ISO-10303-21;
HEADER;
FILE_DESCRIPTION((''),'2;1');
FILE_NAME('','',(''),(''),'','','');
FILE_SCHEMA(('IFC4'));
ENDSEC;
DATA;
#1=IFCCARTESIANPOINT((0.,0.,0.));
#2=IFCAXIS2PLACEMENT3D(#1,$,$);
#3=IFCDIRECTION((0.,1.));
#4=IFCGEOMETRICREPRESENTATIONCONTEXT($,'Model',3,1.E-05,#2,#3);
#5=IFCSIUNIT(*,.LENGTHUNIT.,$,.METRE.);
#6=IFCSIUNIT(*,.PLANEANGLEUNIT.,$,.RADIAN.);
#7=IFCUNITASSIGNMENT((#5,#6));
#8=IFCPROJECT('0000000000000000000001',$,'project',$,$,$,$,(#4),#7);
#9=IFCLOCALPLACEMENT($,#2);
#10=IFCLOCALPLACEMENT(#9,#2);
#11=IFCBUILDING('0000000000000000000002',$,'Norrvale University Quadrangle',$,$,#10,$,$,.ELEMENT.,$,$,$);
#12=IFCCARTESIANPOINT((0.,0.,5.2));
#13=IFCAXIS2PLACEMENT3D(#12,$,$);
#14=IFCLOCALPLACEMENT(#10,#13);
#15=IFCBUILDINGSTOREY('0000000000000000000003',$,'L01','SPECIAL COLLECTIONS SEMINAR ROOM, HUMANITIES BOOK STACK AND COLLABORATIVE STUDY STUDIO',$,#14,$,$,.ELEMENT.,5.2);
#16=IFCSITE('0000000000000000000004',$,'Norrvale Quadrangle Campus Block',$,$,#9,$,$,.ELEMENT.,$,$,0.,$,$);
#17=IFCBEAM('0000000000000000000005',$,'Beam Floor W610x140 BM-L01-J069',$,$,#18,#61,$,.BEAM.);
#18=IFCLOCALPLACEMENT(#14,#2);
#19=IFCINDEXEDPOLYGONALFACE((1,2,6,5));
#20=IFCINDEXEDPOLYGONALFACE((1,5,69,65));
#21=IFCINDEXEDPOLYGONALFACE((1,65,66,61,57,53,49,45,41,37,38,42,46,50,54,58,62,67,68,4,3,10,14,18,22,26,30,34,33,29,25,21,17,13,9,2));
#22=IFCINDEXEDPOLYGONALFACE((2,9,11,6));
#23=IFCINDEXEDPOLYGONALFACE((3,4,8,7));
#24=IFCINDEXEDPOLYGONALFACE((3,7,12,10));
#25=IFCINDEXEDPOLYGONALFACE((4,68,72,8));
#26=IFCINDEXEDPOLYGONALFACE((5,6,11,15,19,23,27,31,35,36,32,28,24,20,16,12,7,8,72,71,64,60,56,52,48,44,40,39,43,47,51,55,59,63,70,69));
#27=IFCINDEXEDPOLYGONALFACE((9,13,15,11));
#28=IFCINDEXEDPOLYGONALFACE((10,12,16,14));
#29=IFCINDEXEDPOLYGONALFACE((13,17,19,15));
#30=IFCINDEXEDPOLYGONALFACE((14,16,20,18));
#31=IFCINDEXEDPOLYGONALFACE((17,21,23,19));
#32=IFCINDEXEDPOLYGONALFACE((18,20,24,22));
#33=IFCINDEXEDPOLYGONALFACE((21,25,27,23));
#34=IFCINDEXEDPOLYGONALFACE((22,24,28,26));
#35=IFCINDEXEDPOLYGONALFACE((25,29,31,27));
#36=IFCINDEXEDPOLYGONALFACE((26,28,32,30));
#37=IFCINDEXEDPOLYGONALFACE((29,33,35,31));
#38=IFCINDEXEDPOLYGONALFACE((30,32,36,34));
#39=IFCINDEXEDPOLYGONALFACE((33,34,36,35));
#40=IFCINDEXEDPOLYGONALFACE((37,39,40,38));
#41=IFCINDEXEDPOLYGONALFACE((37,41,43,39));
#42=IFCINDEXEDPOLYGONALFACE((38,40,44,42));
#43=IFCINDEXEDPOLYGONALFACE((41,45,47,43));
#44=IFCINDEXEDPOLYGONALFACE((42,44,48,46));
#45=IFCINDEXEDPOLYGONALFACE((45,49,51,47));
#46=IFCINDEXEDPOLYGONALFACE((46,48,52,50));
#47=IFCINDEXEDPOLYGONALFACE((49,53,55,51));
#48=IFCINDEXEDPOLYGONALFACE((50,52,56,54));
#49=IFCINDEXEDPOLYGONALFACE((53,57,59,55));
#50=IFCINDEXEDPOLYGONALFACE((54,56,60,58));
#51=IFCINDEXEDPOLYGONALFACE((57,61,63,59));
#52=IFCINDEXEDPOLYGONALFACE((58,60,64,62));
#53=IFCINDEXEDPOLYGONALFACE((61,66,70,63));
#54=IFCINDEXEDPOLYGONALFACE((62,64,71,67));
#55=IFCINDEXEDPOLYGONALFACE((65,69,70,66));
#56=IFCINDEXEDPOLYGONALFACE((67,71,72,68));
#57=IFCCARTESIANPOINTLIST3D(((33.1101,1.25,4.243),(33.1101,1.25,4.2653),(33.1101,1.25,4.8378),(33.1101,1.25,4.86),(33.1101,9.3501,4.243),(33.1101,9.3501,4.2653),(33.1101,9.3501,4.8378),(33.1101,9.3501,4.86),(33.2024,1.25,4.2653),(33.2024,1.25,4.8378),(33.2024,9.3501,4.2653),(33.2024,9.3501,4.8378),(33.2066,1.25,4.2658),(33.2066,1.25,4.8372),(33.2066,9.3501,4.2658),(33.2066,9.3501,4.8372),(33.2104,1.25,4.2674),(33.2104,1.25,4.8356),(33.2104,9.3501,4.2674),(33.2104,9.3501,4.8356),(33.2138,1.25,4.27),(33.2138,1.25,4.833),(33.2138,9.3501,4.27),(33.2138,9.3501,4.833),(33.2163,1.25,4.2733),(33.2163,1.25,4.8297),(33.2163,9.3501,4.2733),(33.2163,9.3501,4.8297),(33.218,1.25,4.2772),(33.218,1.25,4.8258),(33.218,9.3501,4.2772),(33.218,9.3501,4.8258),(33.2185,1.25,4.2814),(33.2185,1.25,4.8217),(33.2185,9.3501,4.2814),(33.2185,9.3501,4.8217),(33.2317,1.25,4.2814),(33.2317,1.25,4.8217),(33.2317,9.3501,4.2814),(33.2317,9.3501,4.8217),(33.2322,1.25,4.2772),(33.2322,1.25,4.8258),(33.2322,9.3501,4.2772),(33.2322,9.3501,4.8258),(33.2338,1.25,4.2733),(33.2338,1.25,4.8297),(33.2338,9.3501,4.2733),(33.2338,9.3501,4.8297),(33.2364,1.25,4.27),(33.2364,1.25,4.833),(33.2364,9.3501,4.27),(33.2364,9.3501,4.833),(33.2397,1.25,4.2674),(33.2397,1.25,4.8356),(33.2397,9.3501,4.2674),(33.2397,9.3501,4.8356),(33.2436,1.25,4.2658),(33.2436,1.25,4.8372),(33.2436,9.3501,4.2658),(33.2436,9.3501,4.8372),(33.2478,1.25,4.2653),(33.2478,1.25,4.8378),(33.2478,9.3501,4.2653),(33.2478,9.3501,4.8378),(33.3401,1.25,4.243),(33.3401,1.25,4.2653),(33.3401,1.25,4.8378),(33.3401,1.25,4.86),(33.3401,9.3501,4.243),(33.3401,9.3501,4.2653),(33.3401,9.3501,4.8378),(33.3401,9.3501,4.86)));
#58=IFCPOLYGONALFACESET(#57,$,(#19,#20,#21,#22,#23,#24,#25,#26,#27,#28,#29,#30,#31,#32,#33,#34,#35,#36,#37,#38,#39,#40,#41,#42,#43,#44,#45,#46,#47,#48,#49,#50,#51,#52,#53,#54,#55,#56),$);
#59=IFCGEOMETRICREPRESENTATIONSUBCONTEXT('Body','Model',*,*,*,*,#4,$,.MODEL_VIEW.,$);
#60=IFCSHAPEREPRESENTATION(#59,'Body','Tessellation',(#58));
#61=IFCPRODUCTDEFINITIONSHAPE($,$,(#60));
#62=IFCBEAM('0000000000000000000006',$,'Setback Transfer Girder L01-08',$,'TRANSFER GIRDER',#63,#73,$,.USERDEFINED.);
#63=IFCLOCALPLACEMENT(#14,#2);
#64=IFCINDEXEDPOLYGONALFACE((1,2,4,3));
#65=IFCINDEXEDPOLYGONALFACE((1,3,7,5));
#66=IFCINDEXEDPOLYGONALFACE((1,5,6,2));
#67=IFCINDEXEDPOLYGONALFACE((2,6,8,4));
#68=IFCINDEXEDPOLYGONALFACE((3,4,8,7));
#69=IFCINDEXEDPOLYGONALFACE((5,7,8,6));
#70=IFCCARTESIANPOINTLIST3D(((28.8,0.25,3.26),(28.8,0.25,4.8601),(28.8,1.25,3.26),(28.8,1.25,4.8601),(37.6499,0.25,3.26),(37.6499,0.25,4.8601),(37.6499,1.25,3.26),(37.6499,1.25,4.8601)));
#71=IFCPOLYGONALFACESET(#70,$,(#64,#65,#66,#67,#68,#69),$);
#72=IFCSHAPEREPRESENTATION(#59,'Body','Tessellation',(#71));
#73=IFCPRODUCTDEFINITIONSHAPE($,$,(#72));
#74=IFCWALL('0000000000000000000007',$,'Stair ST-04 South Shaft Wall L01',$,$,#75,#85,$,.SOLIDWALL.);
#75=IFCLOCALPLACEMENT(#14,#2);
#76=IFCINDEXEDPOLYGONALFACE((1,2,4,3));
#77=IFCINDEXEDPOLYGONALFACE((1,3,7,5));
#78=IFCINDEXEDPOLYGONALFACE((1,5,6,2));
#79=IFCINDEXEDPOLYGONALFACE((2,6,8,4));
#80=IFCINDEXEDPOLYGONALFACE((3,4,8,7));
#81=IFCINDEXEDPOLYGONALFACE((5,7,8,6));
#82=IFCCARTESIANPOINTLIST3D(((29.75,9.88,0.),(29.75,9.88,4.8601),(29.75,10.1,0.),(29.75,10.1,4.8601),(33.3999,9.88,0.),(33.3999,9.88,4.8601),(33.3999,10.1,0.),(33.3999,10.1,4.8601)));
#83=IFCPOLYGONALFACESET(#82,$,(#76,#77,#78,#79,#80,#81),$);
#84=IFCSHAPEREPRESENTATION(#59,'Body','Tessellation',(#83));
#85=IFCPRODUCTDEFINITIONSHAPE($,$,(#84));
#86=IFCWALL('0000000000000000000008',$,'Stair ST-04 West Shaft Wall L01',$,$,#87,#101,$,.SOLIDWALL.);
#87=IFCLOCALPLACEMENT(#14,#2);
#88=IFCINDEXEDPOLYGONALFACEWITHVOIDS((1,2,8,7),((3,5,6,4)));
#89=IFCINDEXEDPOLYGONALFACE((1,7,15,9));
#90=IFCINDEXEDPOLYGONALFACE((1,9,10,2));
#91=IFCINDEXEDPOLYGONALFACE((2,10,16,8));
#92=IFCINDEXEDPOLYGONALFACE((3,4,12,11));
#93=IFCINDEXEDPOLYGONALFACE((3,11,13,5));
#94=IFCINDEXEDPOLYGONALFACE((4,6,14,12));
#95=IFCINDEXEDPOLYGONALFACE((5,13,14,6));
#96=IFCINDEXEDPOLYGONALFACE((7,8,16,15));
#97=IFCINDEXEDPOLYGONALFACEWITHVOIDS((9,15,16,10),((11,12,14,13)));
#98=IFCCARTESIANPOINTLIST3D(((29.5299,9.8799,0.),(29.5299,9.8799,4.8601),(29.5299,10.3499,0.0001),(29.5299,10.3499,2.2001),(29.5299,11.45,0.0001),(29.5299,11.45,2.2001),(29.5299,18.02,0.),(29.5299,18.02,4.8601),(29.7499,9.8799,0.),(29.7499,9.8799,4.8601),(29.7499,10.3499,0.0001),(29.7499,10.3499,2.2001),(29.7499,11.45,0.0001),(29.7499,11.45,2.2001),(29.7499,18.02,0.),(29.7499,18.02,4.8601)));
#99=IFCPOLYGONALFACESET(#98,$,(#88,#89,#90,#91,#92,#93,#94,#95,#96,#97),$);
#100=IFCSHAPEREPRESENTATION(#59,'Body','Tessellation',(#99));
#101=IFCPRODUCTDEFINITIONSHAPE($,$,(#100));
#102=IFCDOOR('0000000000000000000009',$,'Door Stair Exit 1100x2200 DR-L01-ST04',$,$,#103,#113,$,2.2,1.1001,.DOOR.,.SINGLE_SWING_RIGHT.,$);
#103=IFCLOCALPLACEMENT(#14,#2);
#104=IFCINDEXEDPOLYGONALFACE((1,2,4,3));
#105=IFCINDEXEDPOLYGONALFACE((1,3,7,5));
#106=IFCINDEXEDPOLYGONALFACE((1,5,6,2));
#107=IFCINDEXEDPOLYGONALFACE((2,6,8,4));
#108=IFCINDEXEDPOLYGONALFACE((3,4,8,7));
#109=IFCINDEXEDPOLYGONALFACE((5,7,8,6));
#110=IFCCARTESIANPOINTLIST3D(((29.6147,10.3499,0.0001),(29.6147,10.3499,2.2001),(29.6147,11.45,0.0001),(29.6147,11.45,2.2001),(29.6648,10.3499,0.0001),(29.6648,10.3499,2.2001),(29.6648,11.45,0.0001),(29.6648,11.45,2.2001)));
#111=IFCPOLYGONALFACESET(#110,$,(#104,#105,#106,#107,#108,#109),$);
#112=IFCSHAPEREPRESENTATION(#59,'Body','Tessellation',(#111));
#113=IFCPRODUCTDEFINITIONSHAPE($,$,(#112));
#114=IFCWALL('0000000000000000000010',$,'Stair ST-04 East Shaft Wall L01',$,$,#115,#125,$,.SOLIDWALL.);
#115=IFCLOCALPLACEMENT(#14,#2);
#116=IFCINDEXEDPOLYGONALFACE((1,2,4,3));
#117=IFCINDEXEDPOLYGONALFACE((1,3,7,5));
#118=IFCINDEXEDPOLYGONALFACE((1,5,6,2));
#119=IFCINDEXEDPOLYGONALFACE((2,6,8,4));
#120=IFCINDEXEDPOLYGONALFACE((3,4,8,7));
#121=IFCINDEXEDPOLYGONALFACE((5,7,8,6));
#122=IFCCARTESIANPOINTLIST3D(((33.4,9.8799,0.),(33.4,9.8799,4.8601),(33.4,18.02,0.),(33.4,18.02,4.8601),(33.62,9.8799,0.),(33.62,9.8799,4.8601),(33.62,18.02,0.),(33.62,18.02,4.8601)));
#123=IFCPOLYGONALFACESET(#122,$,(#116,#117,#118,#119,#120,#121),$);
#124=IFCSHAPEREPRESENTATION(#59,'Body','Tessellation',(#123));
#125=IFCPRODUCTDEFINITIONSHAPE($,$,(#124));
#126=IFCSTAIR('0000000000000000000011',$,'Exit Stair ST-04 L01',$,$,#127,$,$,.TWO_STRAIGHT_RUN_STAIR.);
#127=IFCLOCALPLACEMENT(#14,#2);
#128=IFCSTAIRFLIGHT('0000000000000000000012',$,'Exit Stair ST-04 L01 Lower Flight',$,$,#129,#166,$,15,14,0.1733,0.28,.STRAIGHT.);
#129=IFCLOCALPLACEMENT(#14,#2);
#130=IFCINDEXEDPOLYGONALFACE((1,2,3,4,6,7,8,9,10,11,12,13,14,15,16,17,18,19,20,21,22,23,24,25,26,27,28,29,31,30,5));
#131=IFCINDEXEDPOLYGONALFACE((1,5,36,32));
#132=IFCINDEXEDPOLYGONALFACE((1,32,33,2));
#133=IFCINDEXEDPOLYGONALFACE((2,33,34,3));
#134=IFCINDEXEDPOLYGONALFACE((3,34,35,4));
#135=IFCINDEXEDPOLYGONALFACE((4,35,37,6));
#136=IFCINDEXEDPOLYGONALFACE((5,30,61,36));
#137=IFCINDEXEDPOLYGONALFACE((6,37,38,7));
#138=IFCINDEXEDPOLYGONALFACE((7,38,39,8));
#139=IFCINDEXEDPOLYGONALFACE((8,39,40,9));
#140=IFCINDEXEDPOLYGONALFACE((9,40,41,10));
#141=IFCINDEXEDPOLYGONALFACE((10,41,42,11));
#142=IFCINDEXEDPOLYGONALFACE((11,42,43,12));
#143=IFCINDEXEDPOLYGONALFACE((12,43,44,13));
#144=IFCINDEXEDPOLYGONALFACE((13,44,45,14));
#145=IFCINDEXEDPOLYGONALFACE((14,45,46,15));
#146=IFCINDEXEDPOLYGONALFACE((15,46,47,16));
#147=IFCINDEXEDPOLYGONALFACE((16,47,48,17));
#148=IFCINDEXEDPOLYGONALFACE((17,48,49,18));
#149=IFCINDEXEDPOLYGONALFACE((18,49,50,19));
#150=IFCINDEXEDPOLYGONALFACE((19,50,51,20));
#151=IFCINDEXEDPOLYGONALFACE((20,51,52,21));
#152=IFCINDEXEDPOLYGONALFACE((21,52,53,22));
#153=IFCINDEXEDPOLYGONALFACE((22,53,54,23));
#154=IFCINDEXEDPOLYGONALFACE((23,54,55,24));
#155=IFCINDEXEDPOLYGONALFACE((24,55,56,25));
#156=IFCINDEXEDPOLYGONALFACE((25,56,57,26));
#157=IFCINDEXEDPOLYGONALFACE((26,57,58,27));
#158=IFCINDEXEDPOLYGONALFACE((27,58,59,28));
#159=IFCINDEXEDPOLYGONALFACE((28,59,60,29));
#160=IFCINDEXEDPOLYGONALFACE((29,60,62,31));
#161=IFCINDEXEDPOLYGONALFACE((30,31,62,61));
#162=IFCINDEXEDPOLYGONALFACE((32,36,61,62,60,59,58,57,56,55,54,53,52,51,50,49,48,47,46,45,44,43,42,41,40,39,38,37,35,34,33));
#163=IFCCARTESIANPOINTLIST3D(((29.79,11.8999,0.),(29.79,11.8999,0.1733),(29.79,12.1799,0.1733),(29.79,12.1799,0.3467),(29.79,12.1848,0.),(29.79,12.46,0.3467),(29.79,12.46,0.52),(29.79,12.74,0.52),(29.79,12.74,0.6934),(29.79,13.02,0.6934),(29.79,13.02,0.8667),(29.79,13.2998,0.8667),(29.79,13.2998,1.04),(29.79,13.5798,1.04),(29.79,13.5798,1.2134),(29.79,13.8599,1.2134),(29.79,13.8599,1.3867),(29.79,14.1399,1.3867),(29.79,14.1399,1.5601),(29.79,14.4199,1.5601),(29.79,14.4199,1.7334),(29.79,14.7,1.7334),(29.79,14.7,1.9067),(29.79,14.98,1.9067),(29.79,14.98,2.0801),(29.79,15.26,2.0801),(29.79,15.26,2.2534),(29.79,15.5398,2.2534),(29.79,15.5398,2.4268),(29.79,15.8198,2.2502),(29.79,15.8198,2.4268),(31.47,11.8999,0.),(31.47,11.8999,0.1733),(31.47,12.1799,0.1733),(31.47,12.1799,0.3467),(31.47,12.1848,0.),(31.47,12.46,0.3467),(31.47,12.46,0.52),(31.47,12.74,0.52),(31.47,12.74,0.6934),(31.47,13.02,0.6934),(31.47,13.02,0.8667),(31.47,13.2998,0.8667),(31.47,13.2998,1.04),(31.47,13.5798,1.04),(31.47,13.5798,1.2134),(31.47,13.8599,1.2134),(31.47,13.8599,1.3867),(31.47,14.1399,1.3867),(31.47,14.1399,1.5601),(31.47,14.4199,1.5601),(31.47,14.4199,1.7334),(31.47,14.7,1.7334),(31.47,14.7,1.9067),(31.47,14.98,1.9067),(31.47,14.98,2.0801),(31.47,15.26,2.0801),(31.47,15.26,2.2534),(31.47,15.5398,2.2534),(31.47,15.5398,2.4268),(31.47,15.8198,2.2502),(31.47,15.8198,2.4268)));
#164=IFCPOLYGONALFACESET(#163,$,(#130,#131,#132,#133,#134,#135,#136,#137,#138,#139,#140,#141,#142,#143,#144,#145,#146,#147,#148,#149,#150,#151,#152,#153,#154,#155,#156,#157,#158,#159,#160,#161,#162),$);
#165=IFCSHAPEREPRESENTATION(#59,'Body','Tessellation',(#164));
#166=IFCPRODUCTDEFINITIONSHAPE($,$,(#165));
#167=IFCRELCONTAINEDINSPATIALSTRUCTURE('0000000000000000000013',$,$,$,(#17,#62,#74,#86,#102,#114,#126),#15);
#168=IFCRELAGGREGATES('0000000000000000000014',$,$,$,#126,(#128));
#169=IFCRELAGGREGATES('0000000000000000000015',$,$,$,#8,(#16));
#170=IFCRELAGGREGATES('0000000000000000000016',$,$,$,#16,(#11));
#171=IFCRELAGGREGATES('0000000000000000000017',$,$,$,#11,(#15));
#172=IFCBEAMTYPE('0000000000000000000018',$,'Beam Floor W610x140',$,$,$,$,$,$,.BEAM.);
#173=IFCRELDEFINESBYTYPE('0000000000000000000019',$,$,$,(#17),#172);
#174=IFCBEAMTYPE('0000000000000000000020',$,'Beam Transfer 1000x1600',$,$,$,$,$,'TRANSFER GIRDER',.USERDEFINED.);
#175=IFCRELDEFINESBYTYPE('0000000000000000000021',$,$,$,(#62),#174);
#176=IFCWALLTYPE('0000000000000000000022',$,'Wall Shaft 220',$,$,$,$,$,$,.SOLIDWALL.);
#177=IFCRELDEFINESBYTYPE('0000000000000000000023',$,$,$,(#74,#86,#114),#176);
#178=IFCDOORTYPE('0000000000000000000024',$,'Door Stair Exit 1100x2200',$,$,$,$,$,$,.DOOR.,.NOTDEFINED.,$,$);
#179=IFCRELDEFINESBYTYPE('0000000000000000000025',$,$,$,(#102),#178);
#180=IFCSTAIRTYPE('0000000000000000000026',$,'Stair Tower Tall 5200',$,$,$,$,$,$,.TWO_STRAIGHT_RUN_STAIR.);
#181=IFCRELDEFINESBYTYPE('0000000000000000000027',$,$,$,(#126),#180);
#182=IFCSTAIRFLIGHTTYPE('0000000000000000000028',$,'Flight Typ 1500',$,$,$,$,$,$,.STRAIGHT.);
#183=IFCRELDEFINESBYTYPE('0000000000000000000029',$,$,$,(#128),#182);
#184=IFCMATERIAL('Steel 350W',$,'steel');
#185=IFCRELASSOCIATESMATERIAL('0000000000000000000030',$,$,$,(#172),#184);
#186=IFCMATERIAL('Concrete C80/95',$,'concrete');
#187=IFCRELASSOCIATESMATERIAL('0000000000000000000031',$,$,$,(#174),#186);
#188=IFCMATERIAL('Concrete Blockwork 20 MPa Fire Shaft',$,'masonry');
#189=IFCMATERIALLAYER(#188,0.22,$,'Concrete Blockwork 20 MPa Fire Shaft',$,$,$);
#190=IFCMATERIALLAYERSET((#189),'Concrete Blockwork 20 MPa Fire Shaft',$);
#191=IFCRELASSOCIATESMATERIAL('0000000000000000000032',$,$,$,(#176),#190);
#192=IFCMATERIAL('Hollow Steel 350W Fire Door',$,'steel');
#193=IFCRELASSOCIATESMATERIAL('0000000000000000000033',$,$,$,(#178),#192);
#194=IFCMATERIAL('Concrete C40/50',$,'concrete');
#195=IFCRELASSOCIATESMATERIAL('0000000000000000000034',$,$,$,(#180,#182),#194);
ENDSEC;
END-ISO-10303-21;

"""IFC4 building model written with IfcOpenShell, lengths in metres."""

from ifc_helpers import new_model, si_unit, direction, frame, frame_2d, origin, origin_2d, place, context, subcontext, project, spatial, polyline, rectangle, i_section, outline, extrude, material, layer, layer_set, material_profile, profile_set, type_object, element, fill, aggregate, save


model = new_model("IFC4")

# Units and contexts
model_context = context("Model", 3, precision=1e-05, world=origin(), true_north=direction((0.0, 1.0)))
body_context = subcontext(model_context, "Body", "Model", "MODEL_VIEW")
ifc_project = project(units=[si_unit("LENGTHUNIT", "METRE"), si_unit("PLANEANGLEUNIT", "RADIAN")], contexts=[model_context])

# Site, building, storey
site_placement = place(None, origin())
site = spatial("IfcSite", under=ifc_project, at=site_placement, Name="Norrvale Quadrangle Campus Block", CompositionType="ELEMENT", RefElevation=0.0)
building_placement = place(site_placement, origin())
building = spatial("IfcBuilding", under=site, at=building_placement, Name="Norrvale University Quadrangle", CompositionType="ELEMENT")
storey_placement = place(building_placement, frame((0.0, 0.0, 5.2)))
storey = spatial("IfcBuildingStorey", under=building, at=storey_placement, Name="L01", Description="SPECIAL COLLECTIONS SEMINAR ROOM, HUMANITIES BOOK STACK AND COLLABORATIVE STUDY STUDIO", CompositionType="ELEMENT", Elevation=5.2)

# Shared definitions
ifc_material_1 = material(Name="Concrete C80/95", Category="concrete")

# Beams
ifc_material_2 = material(Name="Steel 350W", Category="steel")
ifc_material_profile_1 = material_profile(ifc_material_2, i_section(OverallWidth=0.23, OverallDepth=0.6169, WebThickness=0.0132, FlangeThickness=0.0222, FilletRadius=0.0161, at=origin_2d()), Name="Steel 350W")
ifc_profile_set_1 = profile_set([ifc_material_profile_1], Name="Steel 350W")
beam_type_1 = type_object("IfcBeamType", Name="Beam Floor W610x140", PredefinedType="BEAM", material=ifc_profile_set_1)
beam_1_placement = place(storey_placement, frame((33.2251, 1.25, 4.5515), z_axis=(0.0, 1.0, 0.0), x_axis=(-1.0, 0.0, 0.0)))
element("IfcBeam", 1, at=beam_1_placement, inside=storey, type_object=beam_type_1, Name="Beam Floor W610x140 BM-L01-J069", PredefinedType="BEAM", context=body_context, shape_type="SweptSolid", body=[
    extrude(i_section(OverallWidth=0.23, OverallDepth=0.6169, WebThickness=0.0132, FlangeThickness=0.0222, FilletRadius=0.0161, at=origin_2d()), origin(), (0.0, 0.0, 1.0), 8.1001),
])
ifc_material_profile_2 = material_profile(ifc_material_1, rectangle(XDim=1.0, YDim=1.6001, at=origin_2d()), Name="Concrete C80/95")
ifc_profile_set_2 = profile_set([ifc_material_profile_2], Name="Concrete C80/95")
beam_type_2 = type_object("IfcBeamType", Name="Beam Transfer 1000x1600", ElementType="TRANSFER GIRDER", PredefinedType="USERDEFINED", material=ifc_profile_set_2)
beam_2_placement = place(storey_placement, frame((28.8, 0.75, 4.0601), z_axis=(1.0, 0.0, 0.0), x_axis=(0.0, 1.0, 0.0)))
element("IfcBeam", 2, at=beam_2_placement, inside=storey, type_object=beam_type_2, Name="Setback Transfer Girder L01-08", ObjectType="TRANSFER GIRDER", PredefinedType="USERDEFINED", context=body_context, shape_type="SweptSolid", body=[
    extrude(rectangle(XDim=1.0, YDim=1.6001, at=origin_2d()), origin(), (0.0, 0.0, 1.0), 8.8499),
])

# Wall
ifc_material_3 = material(Name="Concrete Blockwork 20 MPa Fire Shaft", Category="masonry")
ifc_layer = layer(ifc_material_3, 0.22, Name="Concrete Blockwork 20 MPa Fire Shaft")
ifc_layer_set = layer_set([ifc_layer], Name="Concrete Blockwork 20 MPa Fire Shaft")
wall_type = type_object("IfcWallType", Name="Wall Shaft 220", PredefinedType="SOLIDWALL", material=ifc_layer_set)
wall_1_placement = place(storey_placement, frame((29.75, 9.99, 0.0), z_axis=(0.0, 0.0, 1.0), x_axis=(1.0, 0.0, 0.0)))
element("IfcWall", 3, at=wall_1_placement, inside=storey, type_object=wall_type, Name="Stair ST-04 South Shaft Wall L01", PredefinedType="SOLIDWALL", context=body_context, shape_type="SweptSolid", body=[
    extrude(rectangle(XDim=3.6499, YDim=0.22, at=frame_2d((1.825, 0.0))), origin(), (0.0, 0.0, 1.0), 4.8601),
])

# Wall, opening, door
wall_2_placement = place(storey_placement, frame((29.6399, 9.8799, 0.0), z_axis=(0.0, 0.0, 1.0), x_axis=(0.0, 1.0, 0.0)))
wall_2 = element("IfcWall", 4, at=wall_2_placement, inside=storey, type_object=wall_type, Name="Stair ST-04 West Shaft Wall L01", PredefinedType="SOLIDWALL", context=body_context, shape_type="SweptSolid", body=[
    extrude(rectangle(XDim=8.1401, YDim=0.22, at=frame_2d((4.0701, 0.0))), origin(), (0.0, 0.0, 1.0), 4.8601),
])
opening_placement = place(wall_2_placement, frame((0.47, 0.0, 0.0)))
opening = element("IfcOpeningElement", 5, at=opening_placement, cuts=wall_2, PredefinedType="OPENING", context=body_context, shape_type="SweptSolid", body=[
    extrude(rectangle(XDim=1.1001, YDim=2.2, at=frame_2d((0.55, 1.1001))), frame((0.0, 0.1221, 0.0), z_axis=(0.0, -1.0, 0.0), x_axis=(1.0, 0.0, 0.0)), (0.0, 0.0, 1.0), 0.2439),
])
ifc_material_4 = material(Name="Hollow Steel 350W Fire Door", Category="steel")
door_type = type_object("IfcDoorType", Name="Door Stair Exit 1100x2200", OperationType="NOTDEFINED", PredefinedType="DOOR", material=ifc_material_4)
door_placement = place(opening_placement, frame((1.1001, 0.0, 0.0), z_axis=(0.0, 0.0, 1.0), x_axis=(-1.0, 0.0, 0.0)))
door = element("IfcDoor", 6, at=door_placement, inside=storey, type_object=door_type, Name="Door Stair Exit 1100x2200 DR-L01-ST04", OperationType="SINGLE_SWING_RIGHT", OverallHeight=2.2, OverallWidth=1.1001, PredefinedType="DOOR", context=body_context, shape_type="SweptSolid", body=[
    extrude(rectangle(XDim=1.1001, YDim=2.2, at=frame_2d((0.55, 1.1001))), frame((0.0, 0.0249, 0.0), z_axis=(0.0, -1.0, 0.0), x_axis=(1.0, 0.0, 0.0)), (0.0, 0.0, 1.0), 0.05),
])
fill(opening, door)

# Wall
wall_3_placement = place(storey_placement, frame((33.51, 9.8799, 0.0), z_axis=(0.0, 0.0, 1.0), x_axis=(0.0, 1.0, 0.0)))
element("IfcWall", 7, at=wall_3_placement, inside=storey, type_object=wall_type, Name="Stair ST-04 East Shaft Wall L01", PredefinedType="SOLIDWALL", context=body_context, shape_type="SweptSolid", body=[
    extrude(rectangle(XDim=8.1401, YDim=0.22, at=frame_2d((4.0701, 0.0))), origin(), (0.0, 0.0, 1.0), 4.8601),
])

# Stair, stair flight
ifc_material_5 = material(Name="Concrete C40/50", Category="concrete")
stair_type = type_object("IfcStairType", Name="Stair Tower Tall 5200", PredefinedType="TWO_STRAIGHT_RUN_STAIR", material=ifc_material_5)
stair_placement = place(storey_placement, origin())
stair = element("IfcStair", 8, at=stair_placement, inside=storey, type_object=stair_type, Name="Exit Stair ST-04 L01", PredefinedType="TWO_STRAIGHT_RUN_STAIR")
stair_flight_type = type_object("IfcStairFlightType", Name="Flight Typ 1500", PredefinedType="STRAIGHT", material=ifc_material_5)
stair_flight_placement = place(storey_placement, frame((30.6299, 11.8999, 0.0), z_axis=(0.0, 0.0, 1.0), x_axis=(0.0, 1.0, 0.0)))
stair_flight = element("IfcStairFlight", 9, at=stair_flight_placement, type_object=stair_flight_type, Name="Exit Stair ST-04 L01 Lower Flight", NumberOfRisers=15, NumberOfTreads=14, PredefinedType="STRAIGHT", RiserHeight=0.1733, TreadLength=0.28, context=body_context, shape_type="SweptSolid", body=[
    extrude(outline(polyline([(0.0, 0.0), (0.0, 0.1733), (0.28, 0.1733), (0.28, 0.3467), (0.5601, 0.3467), (0.5601, 0.52), (0.8401, 0.52), (0.8401, 0.6934), (1.1201, 0.6934), (1.1201, 0.8667), (1.3999, 0.8667), (1.3999, 1.04), (1.6799, 1.04), (1.6799, 1.2134), (1.96, 1.2134), (1.96, 1.3867), (2.24, 1.3867), (2.24, 1.5601), (2.52, 1.5601), (2.52, 1.7334), (2.8, 1.7334), (2.8, 1.9067), (3.0801, 1.9067), (3.0801, 2.0801), (3.3601, 2.0801), (3.3601, 2.2534), (3.6399, 2.2534), (3.6399, 2.4268), (3.9199, 2.4268), (3.9199, 2.6001), (3.9199, 2.2502), (0.2849, 0.0), (0.0, 0.0)])), frame((0.0, 0.8398, 0.0), z_axis=(0.0, -1.0, 0.0), x_axis=(1.0, 0.0, 0.0)), (0.0, 0.0, 1.0), 1.6799),
])
aggregate(stair, [stair_flight])

save(model, "model.ifc")
